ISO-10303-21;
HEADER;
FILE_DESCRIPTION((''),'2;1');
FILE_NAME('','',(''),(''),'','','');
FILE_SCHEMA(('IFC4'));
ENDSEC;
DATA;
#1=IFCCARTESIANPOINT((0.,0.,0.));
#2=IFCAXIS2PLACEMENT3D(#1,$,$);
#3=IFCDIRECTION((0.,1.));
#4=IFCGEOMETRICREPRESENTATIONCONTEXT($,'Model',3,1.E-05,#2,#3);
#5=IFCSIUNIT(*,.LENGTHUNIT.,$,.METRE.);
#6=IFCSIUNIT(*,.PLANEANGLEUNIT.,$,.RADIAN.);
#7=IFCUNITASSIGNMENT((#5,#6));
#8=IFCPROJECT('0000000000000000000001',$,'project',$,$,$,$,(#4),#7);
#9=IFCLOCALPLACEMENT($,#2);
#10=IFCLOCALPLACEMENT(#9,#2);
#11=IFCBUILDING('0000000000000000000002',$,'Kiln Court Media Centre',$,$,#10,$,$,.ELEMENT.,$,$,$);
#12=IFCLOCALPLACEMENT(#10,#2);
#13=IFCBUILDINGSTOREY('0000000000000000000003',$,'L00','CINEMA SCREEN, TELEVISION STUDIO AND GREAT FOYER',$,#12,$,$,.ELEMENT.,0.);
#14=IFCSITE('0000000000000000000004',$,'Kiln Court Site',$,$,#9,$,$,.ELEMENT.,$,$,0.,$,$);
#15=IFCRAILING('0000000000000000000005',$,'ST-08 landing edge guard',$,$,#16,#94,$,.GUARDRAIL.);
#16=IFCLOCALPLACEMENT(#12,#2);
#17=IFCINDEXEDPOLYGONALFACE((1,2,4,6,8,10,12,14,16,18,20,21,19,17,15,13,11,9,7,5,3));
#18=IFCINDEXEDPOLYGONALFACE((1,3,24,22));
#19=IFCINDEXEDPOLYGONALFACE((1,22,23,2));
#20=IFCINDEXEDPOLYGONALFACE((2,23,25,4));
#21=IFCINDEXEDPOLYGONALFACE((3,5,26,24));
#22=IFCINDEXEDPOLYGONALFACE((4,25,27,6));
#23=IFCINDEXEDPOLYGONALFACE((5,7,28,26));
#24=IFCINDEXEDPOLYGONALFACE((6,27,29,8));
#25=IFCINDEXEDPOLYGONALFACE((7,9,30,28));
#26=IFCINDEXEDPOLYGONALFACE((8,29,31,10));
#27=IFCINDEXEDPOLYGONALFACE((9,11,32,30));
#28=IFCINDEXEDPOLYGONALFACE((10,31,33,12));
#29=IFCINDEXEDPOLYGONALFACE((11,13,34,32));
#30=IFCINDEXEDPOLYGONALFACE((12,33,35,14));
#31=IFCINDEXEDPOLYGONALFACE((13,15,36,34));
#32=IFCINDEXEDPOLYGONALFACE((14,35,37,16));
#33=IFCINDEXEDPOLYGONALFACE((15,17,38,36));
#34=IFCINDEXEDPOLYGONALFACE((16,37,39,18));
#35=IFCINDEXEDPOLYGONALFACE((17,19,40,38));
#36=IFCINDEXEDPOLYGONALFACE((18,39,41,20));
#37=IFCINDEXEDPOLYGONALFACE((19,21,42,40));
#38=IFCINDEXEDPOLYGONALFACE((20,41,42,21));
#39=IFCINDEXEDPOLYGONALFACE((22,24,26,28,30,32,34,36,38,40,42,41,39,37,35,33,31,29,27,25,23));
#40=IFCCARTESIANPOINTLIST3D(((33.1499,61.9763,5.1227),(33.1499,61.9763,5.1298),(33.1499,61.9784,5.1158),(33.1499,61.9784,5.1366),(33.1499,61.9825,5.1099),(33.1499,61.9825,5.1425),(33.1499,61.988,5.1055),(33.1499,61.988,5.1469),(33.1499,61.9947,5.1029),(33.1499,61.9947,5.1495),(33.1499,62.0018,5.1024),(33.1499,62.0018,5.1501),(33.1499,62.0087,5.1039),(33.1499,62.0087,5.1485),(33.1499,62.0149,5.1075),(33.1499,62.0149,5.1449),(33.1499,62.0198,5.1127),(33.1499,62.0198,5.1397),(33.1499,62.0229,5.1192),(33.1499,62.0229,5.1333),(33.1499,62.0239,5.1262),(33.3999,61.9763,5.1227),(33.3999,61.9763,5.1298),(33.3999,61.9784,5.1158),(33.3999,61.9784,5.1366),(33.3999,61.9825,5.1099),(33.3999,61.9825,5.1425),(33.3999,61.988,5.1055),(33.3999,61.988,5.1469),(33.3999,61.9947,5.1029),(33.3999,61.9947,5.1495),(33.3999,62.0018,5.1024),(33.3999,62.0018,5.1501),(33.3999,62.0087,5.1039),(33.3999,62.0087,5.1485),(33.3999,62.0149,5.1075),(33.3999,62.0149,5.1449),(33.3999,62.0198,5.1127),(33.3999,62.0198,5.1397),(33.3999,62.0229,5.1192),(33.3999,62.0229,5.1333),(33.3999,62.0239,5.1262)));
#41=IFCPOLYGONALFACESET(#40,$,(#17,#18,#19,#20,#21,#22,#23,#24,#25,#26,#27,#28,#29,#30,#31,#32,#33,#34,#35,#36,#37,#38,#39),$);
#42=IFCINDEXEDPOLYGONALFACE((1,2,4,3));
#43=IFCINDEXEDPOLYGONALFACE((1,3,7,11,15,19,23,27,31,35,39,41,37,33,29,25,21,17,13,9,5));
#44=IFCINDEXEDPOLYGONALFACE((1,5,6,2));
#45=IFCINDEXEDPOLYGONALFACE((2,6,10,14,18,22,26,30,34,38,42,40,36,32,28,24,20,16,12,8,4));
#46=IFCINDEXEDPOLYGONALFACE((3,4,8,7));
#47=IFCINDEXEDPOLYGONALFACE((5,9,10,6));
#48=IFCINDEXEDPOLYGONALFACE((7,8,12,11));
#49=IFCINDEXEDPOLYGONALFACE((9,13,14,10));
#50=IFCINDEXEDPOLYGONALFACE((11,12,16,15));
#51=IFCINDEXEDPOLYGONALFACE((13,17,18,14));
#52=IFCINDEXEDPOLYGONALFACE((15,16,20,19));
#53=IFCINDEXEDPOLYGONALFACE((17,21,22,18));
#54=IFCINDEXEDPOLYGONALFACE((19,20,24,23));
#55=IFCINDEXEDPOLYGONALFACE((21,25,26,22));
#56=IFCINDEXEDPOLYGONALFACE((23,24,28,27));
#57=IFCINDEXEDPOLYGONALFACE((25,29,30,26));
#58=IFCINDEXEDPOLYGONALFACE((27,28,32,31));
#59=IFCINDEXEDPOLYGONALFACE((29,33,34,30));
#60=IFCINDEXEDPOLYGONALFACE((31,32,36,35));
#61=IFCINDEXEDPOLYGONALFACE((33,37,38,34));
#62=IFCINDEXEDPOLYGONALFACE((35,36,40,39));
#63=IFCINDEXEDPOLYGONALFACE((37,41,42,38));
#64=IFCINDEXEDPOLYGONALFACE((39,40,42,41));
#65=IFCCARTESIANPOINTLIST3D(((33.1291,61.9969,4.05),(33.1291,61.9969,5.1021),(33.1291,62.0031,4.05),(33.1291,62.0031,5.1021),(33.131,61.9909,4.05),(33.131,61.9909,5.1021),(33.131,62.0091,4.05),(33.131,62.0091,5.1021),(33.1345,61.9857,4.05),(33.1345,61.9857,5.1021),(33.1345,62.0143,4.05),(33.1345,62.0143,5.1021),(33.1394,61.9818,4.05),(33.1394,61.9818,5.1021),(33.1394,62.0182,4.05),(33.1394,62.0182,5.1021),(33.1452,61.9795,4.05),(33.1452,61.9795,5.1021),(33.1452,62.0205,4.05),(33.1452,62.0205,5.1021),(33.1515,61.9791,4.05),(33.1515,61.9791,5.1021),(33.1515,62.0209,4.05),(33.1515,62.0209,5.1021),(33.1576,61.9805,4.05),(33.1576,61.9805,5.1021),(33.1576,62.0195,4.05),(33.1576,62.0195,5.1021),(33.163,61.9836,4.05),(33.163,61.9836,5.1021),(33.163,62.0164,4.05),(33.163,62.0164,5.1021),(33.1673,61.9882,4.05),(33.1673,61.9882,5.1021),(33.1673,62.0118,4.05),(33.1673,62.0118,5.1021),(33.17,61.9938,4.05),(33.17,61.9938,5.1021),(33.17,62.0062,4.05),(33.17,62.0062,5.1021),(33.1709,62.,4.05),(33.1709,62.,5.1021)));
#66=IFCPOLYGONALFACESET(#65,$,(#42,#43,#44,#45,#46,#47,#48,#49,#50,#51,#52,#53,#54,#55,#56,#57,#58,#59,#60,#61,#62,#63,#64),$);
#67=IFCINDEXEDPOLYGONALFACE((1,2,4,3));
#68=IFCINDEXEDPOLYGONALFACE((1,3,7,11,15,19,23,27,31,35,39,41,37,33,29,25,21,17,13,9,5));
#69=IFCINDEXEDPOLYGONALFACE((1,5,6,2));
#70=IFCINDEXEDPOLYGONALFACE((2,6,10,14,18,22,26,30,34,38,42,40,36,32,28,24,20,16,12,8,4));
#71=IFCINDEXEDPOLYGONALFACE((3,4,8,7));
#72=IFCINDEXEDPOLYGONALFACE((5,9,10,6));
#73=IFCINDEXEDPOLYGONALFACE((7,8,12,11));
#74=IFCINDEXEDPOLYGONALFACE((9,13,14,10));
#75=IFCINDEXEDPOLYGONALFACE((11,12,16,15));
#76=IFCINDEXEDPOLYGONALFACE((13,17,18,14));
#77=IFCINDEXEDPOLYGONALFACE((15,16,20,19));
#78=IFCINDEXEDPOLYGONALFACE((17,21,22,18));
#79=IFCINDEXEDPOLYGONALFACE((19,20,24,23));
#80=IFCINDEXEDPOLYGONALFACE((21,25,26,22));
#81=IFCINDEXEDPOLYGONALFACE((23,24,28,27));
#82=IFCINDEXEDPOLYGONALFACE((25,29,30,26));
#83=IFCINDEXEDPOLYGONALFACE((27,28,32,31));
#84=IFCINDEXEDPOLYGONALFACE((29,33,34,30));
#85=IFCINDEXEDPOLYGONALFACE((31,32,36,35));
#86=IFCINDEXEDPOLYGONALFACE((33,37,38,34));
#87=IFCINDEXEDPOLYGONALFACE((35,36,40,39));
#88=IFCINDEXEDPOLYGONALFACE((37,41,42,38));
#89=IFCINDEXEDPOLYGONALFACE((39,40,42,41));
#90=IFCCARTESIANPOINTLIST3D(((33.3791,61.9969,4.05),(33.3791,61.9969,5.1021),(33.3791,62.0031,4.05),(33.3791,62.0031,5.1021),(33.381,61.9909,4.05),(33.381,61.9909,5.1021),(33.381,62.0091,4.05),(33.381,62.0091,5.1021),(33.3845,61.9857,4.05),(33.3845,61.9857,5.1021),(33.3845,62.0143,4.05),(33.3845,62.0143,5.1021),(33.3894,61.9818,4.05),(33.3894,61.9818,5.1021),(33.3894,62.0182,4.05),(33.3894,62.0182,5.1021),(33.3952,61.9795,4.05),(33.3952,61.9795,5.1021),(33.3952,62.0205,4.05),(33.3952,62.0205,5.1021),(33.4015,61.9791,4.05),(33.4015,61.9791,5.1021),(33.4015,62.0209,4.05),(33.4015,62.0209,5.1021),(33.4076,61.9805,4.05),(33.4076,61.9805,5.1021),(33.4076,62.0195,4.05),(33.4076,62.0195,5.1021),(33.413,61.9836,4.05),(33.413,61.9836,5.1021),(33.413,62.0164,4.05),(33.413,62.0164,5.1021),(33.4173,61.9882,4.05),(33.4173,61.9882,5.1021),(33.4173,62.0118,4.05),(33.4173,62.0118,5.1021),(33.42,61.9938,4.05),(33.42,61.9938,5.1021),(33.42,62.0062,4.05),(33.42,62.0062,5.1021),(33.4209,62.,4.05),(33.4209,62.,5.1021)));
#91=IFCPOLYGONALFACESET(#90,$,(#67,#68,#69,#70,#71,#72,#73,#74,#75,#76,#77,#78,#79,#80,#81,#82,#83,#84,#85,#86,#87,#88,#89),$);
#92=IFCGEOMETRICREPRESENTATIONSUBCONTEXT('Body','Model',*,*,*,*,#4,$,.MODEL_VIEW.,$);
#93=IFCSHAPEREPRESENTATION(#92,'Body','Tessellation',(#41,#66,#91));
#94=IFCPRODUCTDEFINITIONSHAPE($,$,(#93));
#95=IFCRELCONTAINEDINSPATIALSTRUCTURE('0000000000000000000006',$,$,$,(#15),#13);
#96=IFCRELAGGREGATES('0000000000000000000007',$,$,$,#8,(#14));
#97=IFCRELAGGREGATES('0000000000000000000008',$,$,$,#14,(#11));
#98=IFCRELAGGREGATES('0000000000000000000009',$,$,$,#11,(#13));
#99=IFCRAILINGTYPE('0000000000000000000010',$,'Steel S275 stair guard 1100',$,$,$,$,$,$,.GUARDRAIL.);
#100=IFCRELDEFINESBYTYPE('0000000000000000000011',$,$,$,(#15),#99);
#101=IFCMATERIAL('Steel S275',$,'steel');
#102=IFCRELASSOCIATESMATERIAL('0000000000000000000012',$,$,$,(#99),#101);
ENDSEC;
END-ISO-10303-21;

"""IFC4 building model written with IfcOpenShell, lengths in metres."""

from ifc_helpers import new_model, si_unit, direction, frame, origin, origin_2d, place, context, subcontext, project, spatial, circle, extrude, material, type_object, element, save


model = new_model("IFC4")

# Units and contexts
model_context = context("Model", 3, precision=1e-05, world=origin(), true_north=direction((0.0, 1.0)))
body_context = subcontext(model_context, "Body", "Model", "MODEL_VIEW")
ifc_project = project(units=[si_unit("LENGTHUNIT", "METRE"), si_unit("PLANEANGLEUNIT", "RADIAN")], contexts=[model_context])

# Site, building, storey
site_placement = place(None, origin())
site = spatial("IfcSite", under=ifc_project, at=site_placement, Name="Kiln Court Site", CompositionType="ELEMENT", RefElevation=0.0)
building_placement = place(site_placement, origin())
building = spatial("IfcBuilding", under=site, at=building_placement, Name="Kiln Court Media Centre", CompositionType="ELEMENT")
storey_placement = place(building_placement, origin())
storey = spatial("IfcBuildingStorey", under=building, at=storey_placement, Name="L00", Description="CINEMA SCREEN, TELEVISION STUDIO AND GREAT FOYER", CompositionType="ELEMENT", Elevation=0.0)

# Railing
ifc_material_1 = material(Name="Steel S275", Category="steel")
railing_type_1 = type_object("IfcRailingType", Name="Steel S275 stair guard 1100", PredefinedType="GUARDRAIL", material=ifc_material_1)
for number, where, name in (
    (1, (33.1499, 62.0, 4.05), "ST-08 landing edge guard"),
):
    element("IfcRailing", number, at=place(storey_placement, frame(where)), inside=storey, type_object=railing_type_1, Name=name, PredefinedType="GUARDRAIL", context=body_context, shape_type="SweptSolid", body=[
        extrude(circle(Radius=0.0239, at=origin_2d()), frame((0.0, 0.0, 1.0762), z_axis=(1.0, 0.0, 0.0), x_axis=(0.0, 1.0, 0.0)), (0.0, 0.0, 1.0), 0.25),
        extrude(circle(Radius=0.021, at=origin_2d()), origin(), (0.0, 0.0, 1.0), 1.052),
        extrude(circle(Radius=0.021, at=origin_2d()), frame((0.25, 0.0, 0.0)), (0.0, 0.0, 1.0), 1.052),
    ])

save(model, "model.ifc")
